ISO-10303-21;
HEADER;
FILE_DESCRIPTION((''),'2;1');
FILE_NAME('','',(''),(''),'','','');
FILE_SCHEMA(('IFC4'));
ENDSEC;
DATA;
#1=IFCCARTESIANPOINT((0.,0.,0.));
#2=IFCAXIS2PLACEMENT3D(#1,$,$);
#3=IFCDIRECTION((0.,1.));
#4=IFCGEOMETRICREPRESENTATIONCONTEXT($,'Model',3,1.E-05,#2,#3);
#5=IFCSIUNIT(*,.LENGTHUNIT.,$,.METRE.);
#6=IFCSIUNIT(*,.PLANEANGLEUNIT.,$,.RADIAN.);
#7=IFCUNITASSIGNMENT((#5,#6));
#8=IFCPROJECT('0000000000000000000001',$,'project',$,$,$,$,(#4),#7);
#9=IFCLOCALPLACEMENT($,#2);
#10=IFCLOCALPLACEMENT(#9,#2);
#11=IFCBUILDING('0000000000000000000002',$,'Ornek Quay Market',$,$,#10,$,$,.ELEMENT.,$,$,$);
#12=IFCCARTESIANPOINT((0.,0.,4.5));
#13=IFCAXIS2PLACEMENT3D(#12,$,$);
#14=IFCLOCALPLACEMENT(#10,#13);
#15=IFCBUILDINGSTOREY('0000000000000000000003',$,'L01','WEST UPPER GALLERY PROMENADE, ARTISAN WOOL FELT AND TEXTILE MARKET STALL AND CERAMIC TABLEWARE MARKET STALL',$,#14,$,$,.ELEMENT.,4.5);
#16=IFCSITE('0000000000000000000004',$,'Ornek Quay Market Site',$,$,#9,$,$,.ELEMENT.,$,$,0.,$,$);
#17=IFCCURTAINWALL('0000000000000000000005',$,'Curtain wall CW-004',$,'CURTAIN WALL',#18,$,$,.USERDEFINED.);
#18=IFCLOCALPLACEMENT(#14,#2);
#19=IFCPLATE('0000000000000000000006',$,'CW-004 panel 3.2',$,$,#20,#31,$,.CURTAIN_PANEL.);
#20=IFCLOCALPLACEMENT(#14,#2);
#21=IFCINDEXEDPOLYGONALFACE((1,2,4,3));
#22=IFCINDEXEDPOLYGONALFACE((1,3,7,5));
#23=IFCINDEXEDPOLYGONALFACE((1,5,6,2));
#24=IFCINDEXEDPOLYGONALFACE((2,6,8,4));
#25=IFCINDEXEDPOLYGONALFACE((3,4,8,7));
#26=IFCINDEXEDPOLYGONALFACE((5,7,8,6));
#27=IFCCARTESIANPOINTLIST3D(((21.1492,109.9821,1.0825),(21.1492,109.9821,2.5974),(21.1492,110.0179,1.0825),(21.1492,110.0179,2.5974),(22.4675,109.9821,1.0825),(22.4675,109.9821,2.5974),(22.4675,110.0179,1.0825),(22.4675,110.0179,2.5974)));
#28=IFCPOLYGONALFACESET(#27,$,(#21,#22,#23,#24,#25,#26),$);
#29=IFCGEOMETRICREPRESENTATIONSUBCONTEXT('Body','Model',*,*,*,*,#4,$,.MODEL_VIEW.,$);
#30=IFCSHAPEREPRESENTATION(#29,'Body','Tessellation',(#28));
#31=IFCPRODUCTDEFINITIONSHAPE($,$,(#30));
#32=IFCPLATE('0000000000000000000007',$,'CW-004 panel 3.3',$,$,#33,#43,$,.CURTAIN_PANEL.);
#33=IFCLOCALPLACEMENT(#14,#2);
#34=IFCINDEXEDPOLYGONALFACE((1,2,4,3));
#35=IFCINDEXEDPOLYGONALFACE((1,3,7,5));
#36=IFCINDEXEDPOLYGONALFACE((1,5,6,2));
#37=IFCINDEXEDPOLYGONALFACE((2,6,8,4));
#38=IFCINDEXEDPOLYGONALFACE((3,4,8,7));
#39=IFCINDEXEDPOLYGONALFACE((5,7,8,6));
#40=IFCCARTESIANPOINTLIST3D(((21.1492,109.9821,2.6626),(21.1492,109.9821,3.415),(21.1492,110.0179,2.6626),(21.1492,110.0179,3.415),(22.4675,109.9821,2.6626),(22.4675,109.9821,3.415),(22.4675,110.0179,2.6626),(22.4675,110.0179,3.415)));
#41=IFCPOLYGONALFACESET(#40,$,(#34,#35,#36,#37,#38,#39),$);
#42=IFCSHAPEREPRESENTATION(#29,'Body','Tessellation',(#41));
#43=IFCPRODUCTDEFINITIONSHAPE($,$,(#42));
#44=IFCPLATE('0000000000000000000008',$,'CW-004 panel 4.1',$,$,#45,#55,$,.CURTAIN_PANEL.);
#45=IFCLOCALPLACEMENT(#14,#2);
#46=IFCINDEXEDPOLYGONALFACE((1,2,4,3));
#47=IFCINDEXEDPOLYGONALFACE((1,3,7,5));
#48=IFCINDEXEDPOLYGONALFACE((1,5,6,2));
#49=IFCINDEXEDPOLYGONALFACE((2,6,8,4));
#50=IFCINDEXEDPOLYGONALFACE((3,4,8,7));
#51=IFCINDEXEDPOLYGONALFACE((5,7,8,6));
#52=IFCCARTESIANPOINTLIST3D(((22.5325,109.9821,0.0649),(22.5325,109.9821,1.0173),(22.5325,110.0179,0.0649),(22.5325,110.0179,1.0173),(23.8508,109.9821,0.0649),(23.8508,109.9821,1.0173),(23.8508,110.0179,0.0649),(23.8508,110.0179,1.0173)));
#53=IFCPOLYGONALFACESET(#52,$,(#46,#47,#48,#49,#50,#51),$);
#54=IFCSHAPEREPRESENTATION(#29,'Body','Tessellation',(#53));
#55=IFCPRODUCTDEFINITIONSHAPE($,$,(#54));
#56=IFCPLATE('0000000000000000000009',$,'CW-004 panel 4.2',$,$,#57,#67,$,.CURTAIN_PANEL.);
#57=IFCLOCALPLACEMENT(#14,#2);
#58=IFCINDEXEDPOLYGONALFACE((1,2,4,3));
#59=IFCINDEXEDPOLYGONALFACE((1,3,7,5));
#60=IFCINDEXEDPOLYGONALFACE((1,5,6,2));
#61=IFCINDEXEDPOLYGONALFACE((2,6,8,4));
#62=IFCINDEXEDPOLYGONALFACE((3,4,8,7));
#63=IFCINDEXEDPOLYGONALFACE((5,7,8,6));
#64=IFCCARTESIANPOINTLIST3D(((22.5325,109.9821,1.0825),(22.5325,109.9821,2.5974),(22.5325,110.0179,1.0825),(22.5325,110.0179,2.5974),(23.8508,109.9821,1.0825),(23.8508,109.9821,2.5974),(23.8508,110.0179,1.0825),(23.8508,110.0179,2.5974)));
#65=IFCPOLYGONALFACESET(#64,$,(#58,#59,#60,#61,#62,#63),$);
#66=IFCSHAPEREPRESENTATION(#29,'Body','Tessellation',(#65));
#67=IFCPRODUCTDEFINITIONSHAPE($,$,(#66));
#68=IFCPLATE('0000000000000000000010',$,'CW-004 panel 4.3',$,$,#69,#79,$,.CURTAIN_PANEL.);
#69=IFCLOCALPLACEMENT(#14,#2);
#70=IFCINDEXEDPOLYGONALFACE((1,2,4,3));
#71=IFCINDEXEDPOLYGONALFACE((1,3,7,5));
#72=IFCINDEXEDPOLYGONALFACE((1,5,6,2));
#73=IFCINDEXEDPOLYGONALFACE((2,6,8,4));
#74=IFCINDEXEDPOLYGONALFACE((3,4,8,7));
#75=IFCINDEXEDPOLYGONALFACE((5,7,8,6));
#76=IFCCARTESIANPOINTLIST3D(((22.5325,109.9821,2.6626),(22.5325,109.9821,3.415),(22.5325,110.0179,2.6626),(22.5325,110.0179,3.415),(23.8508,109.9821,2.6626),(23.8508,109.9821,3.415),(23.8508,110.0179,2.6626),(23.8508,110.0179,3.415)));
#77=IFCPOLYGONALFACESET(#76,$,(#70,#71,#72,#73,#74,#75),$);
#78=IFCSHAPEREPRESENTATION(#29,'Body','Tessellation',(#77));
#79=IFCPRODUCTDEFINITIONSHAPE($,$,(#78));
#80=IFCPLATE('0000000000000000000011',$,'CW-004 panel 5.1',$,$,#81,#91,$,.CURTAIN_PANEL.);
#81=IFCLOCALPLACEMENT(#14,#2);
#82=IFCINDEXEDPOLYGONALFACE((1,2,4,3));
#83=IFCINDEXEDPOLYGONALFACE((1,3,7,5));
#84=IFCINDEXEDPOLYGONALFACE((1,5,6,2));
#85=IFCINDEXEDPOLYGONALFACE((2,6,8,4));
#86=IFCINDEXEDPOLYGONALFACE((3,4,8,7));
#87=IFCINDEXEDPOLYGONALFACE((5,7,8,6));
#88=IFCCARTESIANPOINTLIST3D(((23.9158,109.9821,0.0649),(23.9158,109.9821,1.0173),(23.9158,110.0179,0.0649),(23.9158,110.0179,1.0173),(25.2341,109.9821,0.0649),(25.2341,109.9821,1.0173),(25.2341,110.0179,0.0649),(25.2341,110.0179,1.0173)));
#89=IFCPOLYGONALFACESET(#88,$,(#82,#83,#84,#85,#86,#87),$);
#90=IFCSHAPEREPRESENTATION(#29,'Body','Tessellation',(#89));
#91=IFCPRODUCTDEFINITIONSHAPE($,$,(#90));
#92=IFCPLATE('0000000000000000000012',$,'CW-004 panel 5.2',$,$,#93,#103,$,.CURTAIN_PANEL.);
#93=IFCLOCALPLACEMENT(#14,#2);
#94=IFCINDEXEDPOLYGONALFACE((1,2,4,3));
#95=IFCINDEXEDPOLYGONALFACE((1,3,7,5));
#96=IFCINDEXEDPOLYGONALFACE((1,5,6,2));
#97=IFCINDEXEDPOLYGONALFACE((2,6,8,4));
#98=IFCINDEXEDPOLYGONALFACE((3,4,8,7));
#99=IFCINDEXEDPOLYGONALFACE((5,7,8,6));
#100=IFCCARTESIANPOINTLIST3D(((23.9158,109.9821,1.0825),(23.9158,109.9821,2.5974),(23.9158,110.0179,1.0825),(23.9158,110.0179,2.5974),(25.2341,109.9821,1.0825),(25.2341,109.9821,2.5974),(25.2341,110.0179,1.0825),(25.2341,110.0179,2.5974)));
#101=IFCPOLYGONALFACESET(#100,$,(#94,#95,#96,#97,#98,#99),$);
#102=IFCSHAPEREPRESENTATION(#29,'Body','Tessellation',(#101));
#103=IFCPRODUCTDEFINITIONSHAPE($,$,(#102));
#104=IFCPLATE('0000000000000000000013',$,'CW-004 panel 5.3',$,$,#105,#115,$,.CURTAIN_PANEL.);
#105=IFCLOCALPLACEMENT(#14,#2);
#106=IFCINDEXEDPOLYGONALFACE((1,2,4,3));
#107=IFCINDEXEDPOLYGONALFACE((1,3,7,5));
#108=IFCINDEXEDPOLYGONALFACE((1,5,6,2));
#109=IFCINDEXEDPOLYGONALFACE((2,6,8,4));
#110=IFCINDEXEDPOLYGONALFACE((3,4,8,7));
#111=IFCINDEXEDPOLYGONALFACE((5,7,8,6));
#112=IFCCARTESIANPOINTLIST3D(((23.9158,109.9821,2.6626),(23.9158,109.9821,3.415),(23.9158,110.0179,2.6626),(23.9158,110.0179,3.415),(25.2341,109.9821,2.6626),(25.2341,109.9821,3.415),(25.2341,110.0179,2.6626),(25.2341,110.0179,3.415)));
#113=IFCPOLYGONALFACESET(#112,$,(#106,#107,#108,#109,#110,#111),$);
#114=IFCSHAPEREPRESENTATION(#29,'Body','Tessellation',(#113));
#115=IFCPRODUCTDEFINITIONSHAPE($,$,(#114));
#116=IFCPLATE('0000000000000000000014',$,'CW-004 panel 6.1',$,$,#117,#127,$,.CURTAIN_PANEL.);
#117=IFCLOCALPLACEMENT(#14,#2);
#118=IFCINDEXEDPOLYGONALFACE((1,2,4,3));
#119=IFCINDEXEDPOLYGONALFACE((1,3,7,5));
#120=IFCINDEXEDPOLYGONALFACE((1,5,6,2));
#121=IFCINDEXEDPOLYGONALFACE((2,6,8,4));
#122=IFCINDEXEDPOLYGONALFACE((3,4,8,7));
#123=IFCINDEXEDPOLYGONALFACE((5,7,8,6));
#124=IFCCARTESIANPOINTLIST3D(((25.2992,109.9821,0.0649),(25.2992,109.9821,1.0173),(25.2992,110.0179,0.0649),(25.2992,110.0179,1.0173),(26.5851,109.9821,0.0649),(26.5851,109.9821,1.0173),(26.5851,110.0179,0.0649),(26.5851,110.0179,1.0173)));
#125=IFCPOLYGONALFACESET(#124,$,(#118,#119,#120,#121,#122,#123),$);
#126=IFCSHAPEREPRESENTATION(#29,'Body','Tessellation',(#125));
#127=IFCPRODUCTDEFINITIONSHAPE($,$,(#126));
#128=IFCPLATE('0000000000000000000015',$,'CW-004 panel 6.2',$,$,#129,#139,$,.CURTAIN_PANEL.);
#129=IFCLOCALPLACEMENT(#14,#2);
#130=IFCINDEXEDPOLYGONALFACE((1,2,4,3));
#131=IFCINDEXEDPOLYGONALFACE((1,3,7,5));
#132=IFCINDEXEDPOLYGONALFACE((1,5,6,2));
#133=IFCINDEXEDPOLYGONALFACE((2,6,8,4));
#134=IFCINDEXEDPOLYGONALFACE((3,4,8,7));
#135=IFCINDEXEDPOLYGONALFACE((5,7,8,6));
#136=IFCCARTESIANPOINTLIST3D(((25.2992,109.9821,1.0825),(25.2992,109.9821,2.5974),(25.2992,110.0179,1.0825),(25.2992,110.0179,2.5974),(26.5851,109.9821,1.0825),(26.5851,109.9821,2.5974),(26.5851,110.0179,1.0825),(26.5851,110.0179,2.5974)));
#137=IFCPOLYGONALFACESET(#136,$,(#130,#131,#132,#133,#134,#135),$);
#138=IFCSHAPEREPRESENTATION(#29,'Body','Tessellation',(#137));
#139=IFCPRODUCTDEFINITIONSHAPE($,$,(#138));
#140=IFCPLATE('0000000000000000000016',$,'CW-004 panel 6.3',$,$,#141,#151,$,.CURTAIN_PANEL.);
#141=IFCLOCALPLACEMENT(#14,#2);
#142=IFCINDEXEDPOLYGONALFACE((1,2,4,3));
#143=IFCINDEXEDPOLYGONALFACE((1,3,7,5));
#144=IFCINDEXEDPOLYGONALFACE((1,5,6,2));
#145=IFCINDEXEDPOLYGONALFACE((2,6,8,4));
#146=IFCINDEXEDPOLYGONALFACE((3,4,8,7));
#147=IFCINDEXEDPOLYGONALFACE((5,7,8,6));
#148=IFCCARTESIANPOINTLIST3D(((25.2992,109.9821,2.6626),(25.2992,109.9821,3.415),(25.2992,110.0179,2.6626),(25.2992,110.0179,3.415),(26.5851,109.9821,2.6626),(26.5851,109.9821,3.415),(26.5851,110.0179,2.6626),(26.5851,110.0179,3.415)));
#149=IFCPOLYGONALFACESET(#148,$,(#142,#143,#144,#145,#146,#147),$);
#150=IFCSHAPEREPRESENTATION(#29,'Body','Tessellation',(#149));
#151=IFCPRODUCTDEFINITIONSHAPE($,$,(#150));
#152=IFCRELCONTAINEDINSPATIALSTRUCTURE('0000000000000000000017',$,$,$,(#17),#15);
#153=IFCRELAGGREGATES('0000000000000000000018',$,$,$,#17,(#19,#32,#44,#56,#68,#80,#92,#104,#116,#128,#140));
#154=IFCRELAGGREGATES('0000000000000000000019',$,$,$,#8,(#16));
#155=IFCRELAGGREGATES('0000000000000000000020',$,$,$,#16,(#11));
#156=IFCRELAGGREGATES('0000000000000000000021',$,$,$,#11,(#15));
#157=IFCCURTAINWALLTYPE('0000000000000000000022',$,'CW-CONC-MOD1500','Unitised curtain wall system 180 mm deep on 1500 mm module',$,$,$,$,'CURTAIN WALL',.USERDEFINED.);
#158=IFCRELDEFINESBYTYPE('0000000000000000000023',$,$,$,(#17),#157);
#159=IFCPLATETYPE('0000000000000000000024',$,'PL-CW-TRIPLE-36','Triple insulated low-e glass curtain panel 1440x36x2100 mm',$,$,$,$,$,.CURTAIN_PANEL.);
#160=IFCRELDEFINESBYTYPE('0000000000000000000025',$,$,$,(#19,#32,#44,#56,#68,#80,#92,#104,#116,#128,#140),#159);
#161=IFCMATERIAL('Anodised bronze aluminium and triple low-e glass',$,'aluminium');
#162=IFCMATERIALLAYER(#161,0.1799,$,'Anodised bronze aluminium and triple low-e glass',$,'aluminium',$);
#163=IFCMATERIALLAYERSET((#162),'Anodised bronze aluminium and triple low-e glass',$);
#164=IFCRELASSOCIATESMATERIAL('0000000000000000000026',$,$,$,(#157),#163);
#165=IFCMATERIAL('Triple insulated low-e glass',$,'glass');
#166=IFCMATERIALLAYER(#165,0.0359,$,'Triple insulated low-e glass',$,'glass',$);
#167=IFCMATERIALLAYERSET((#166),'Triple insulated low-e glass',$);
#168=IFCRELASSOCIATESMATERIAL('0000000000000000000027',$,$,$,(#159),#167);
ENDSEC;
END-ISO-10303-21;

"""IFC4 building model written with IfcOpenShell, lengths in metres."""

from ifc_helpers import new_model, si_unit, direction, frame, origin, origin_2d, place, context, subcontext, project, spatial, rectangle, extrude, material, layer, layer_set, type_object, element, aggregate, save


model = new_model("IFC4")

# Units and contexts
model_context = context("Model", 3, precision=1e-05, world=origin(), true_north=direction((0.0, 1.0)))
body_context = subcontext(model_context, "Body", "Model", "MODEL_VIEW")
ifc_project = project(units=[si_unit("LENGTHUNIT", "METRE"), si_unit("PLANEANGLEUNIT", "RADIAN")], contexts=[model_context])

# Site, building, storey
site_placement = place(None, origin())
site = spatial("IfcSite", under=ifc_project, at=site_placement, Name="Ornek Quay Market Site", CompositionType="ELEMENT", RefElevation=0.0)
building_placement = place(site_placement, origin())
building = spatial("IfcBuilding", under=site, at=building_placement, Name="Ornek Quay Market", CompositionType="ELEMENT")
storey_placement = place(building_placement, frame((0.0, 0.0, 4.5)))
storey = spatial("IfcBuildingStorey", under=building, at=storey_placement, Name="L01", Description="WEST UPPER GALLERY PROMENADE, ARTISAN WOOL FELT AND TEXTILE MARKET STALL AND CERAMIC TABLEWARE MARKET STALL", CompositionType="ELEMENT", Elevation=4.5)

# Curtain wall, plates
ifc_material_1 = material(Name="Anodised bronze aluminium and triple low-e glass", Category="aluminium")
ifc_layer_1 = layer(ifc_material_1, 0.1799, Name="Anodised bronze aluminium and triple low-e glass", Category="aluminium")
ifc_layer_set_1 = layer_set([ifc_layer_1], Name="Anodised bronze aluminium and triple low-e glass")
curtain_wall_type = type_object("IfcCurtainWallType", Name="CW-CONC-MOD1500", Description="Unitised curtain wall system 180 mm deep on 1500 mm module", ElementType="CURTAIN WALL", PredefinedType="USERDEFINED", material=ifc_layer_set_1)
curtain_wall_placement = place(storey_placement, origin())
curtain_wall = element("IfcCurtainWall", 1, at=curtain_wall_placement, inside=storey, type_object=curtain_wall_type, Name="Curtain wall CW-004", ObjectType="CURTAIN WALL", PredefinedType="USERDEFINED")
ifc_material_2 = material(Name="Triple insulated low-e glass", Category="glass")
ifc_layer_2 = layer(ifc_material_2, 0.0359, Name="Triple insulated low-e glass", Category="glass")
ifc_layer_set_2 = layer_set([ifc_layer_2], Name="Triple insulated low-e glass")
plate_type = type_object("IfcPlateType", Name="PL-CW-TRIPLE-36", Description="Triple insulated low-e glass curtain panel 1440x36x2100 mm", PredefinedType="CURTAIN_PANEL", material=ifc_layer_set_2)
plate_1_placement = place(storey_placement, frame((21.8083, 110.0, 1.0825), z_axis=(0.0, 0.0, 1.0), x_axis=(1.0, 0.0, 0.0)))
plate_1 = element("IfcPlate", 2, at=plate_1_placement, type_object=plate_type, Name="CW-004 panel 3.2", PredefinedType="CURTAIN_PANEL", context=body_context, shape_type="SweptSolid", body=[
    extrude(rectangle(XDim=1.3184, YDim=0.0359, at=origin_2d()), origin(), (0.0, 0.0, 1.0), 1.5149),
])
plate_2_placement = place(storey_placement, frame((21.8083, 110.0, 2.6626), z_axis=(0.0, 0.0, 1.0), x_axis=(1.0, 0.0, 0.0)))
plate_2 = element("IfcPlate", 3, at=plate_2_placement, type_object=plate_type, Name="CW-004 panel 3.3", PredefinedType="CURTAIN_PANEL", context=body_context, shape_type="SweptSolid", body=[
    extrude(rectangle(XDim=1.3184, YDim=0.0359, at=origin_2d()), origin(), (0.0, 0.0, 1.0), 0.7524),
])
plate_3_placement = place(storey_placement, frame((23.1917, 110.0, 0.0649), z_axis=(0.0, 0.0, 1.0), x_axis=(1.0, 0.0, 0.0)))
plate_3 = element("IfcPlate", 4, at=plate_3_placement, type_object=plate_type, Name="CW-004 panel 4.1", PredefinedType="CURTAIN_PANEL", context=body_context, shape_type="SweptSolid", body=[
    extrude(rectangle(XDim=1.3184, YDim=0.0359, at=origin_2d()), origin(), (0.0, 0.0, 1.0), 0.9524),
])
plate_4_placement = place(storey_placement, frame((23.1917, 110.0, 1.0825), z_axis=(0.0, 0.0, 1.0), x_axis=(1.0, 0.0, 0.0)))
plate_4 = element("IfcPlate", 5, at=plate_4_placement, type_object=plate_type, Name="CW-004 panel 4.2", PredefinedType="CURTAIN_PANEL", context=body_context, shape_type="SweptSolid", body=[
    extrude(rectangle(XDim=1.3184, YDim=0.0359, at=origin_2d()), origin(), (0.0, 0.0, 1.0), 1.5149),
])
plate_5_placement = place(storey_placement, frame((23.1917, 110.0, 2.6626), z_axis=(0.0, 0.0, 1.0), x_axis=(1.0, 0.0, 0.0)))
plate_5 = element("IfcPlate", 6, at=plate_5_placement, type_object=plate_type, Name="CW-004 panel 4.3", PredefinedType="CURTAIN_PANEL", context=body_context, shape_type="SweptSolid", body=[
    extrude(rectangle(XDim=1.3184, YDim=0.0359, at=origin_2d()), origin(), (0.0, 0.0, 1.0), 0.7524),
])
plate_6_placement = place(storey_placement, frame((24.575, 110.0, 0.0649), z_axis=(0.0, 0.0, 1.0), x_axis=(1.0, 0.0, 0.0)))
plate_6 = element("IfcPlate", 7, at=plate_6_placement, type_object=plate_type, Name="CW-004 panel 5.1", PredefinedType="CURTAIN_PANEL", context=body_context, shape_type="SweptSolid", body=[
    extrude(rectangle(XDim=1.3184, YDim=0.0359, at=origin_2d()), origin(), (0.0, 0.0, 1.0), 0.9524),
])
plate_7_placement = place(storey_placement, frame((24.575, 110.0, 1.0825), z_axis=(0.0, 0.0, 1.0), x_axis=(1.0, 0.0, 0.0)))
plate_7 = element("IfcPlate", 8, at=plate_7_placement, type_object=plate_type, Name="CW-004 panel 5.2", PredefinedType="CURTAIN_PANEL", context=body_context, shape_type="SweptSolid", body=[
    extrude(rectangle(XDim=1.3184, YDim=0.0359, at=origin_2d()), origin(), (0.0, 0.0, 1.0), 1.5149),
])
plate_8_placement = place(storey_placement, frame((24.575, 110.0, 2.6626), z_axis=(0.0, 0.0, 1.0), x_axis=(1.0, 0.0, 0.0)))
plate_8 = element("IfcPlate", 9, at=plate_8_placement, type_object=plate_type, Name="CW-004 panel 5.3", PredefinedType="CURTAIN_PANEL", context=body_context, shape_type="SweptSolid", body=[
    extrude(rectangle(XDim=1.3184, YDim=0.0359, at=origin_2d()), origin(), (0.0, 0.0, 1.0), 0.7524),
])
plate_9_placement = place(storey_placement, frame((25.9421, 110.0, 0.0649), z_axis=(0.0, 0.0, 1.0), x_axis=(1.0, 0.0, 0.0)))
plate_9 = element("IfcPlate", 10, at=plate_9_placement, type_object=plate_type, Name="CW-004 panel 6.1", PredefinedType="CURTAIN_PANEL", context=body_context, shape_type="SweptSolid", body=[
    extrude(rectangle(XDim=1.2859, YDim=0.0359, at=origin_2d()), origin(), (0.0, 0.0, 1.0), 0.9524),
])
plate_10_placement = place(storey_placement, frame((25.9421, 110.0, 1.0825), z_axis=(0.0, 0.0, 1.0), x_axis=(1.0, 0.0, 0.0)))
plate_10 = element("IfcPlate", 11, at=plate_10_placement, type_object=plate_type, Name="CW-004 panel 6.2", PredefinedType="CURTAIN_PANEL", context=body_context, shape_type="SweptSolid", body=[
    extrude(rectangle(XDim=1.2859, YDim=0.0359, at=origin_2d()), origin(), (0.0, 0.0, 1.0), 1.5149),
])
plate_11_placement = place(storey_placement, frame((25.9421, 110.0, 2.6626), z_axis=(0.0, 0.0, 1.0), x_axis=(1.0, 0.0, 0.0)))
plate_11 = element("IfcPlate", 12, at=plate_11_placement, type_object=plate_type, Name="CW-004 panel 6.3", PredefinedType="CURTAIN_PANEL", context=body_context, shape_type="SweptSolid", body=[
    extrude(rectangle(XDim=1.2859, YDim=0.0359, at=origin_2d()), origin(), (0.0, 0.0, 1.0), 0.7524),
])
aggregate(curtain_wall, [plate_1, plate_2, plate_3, plate_4, plate_5, plate_6, plate_7, plate_8, plate_9, plate_10, plate_11])

save(model, "model.ifc")
